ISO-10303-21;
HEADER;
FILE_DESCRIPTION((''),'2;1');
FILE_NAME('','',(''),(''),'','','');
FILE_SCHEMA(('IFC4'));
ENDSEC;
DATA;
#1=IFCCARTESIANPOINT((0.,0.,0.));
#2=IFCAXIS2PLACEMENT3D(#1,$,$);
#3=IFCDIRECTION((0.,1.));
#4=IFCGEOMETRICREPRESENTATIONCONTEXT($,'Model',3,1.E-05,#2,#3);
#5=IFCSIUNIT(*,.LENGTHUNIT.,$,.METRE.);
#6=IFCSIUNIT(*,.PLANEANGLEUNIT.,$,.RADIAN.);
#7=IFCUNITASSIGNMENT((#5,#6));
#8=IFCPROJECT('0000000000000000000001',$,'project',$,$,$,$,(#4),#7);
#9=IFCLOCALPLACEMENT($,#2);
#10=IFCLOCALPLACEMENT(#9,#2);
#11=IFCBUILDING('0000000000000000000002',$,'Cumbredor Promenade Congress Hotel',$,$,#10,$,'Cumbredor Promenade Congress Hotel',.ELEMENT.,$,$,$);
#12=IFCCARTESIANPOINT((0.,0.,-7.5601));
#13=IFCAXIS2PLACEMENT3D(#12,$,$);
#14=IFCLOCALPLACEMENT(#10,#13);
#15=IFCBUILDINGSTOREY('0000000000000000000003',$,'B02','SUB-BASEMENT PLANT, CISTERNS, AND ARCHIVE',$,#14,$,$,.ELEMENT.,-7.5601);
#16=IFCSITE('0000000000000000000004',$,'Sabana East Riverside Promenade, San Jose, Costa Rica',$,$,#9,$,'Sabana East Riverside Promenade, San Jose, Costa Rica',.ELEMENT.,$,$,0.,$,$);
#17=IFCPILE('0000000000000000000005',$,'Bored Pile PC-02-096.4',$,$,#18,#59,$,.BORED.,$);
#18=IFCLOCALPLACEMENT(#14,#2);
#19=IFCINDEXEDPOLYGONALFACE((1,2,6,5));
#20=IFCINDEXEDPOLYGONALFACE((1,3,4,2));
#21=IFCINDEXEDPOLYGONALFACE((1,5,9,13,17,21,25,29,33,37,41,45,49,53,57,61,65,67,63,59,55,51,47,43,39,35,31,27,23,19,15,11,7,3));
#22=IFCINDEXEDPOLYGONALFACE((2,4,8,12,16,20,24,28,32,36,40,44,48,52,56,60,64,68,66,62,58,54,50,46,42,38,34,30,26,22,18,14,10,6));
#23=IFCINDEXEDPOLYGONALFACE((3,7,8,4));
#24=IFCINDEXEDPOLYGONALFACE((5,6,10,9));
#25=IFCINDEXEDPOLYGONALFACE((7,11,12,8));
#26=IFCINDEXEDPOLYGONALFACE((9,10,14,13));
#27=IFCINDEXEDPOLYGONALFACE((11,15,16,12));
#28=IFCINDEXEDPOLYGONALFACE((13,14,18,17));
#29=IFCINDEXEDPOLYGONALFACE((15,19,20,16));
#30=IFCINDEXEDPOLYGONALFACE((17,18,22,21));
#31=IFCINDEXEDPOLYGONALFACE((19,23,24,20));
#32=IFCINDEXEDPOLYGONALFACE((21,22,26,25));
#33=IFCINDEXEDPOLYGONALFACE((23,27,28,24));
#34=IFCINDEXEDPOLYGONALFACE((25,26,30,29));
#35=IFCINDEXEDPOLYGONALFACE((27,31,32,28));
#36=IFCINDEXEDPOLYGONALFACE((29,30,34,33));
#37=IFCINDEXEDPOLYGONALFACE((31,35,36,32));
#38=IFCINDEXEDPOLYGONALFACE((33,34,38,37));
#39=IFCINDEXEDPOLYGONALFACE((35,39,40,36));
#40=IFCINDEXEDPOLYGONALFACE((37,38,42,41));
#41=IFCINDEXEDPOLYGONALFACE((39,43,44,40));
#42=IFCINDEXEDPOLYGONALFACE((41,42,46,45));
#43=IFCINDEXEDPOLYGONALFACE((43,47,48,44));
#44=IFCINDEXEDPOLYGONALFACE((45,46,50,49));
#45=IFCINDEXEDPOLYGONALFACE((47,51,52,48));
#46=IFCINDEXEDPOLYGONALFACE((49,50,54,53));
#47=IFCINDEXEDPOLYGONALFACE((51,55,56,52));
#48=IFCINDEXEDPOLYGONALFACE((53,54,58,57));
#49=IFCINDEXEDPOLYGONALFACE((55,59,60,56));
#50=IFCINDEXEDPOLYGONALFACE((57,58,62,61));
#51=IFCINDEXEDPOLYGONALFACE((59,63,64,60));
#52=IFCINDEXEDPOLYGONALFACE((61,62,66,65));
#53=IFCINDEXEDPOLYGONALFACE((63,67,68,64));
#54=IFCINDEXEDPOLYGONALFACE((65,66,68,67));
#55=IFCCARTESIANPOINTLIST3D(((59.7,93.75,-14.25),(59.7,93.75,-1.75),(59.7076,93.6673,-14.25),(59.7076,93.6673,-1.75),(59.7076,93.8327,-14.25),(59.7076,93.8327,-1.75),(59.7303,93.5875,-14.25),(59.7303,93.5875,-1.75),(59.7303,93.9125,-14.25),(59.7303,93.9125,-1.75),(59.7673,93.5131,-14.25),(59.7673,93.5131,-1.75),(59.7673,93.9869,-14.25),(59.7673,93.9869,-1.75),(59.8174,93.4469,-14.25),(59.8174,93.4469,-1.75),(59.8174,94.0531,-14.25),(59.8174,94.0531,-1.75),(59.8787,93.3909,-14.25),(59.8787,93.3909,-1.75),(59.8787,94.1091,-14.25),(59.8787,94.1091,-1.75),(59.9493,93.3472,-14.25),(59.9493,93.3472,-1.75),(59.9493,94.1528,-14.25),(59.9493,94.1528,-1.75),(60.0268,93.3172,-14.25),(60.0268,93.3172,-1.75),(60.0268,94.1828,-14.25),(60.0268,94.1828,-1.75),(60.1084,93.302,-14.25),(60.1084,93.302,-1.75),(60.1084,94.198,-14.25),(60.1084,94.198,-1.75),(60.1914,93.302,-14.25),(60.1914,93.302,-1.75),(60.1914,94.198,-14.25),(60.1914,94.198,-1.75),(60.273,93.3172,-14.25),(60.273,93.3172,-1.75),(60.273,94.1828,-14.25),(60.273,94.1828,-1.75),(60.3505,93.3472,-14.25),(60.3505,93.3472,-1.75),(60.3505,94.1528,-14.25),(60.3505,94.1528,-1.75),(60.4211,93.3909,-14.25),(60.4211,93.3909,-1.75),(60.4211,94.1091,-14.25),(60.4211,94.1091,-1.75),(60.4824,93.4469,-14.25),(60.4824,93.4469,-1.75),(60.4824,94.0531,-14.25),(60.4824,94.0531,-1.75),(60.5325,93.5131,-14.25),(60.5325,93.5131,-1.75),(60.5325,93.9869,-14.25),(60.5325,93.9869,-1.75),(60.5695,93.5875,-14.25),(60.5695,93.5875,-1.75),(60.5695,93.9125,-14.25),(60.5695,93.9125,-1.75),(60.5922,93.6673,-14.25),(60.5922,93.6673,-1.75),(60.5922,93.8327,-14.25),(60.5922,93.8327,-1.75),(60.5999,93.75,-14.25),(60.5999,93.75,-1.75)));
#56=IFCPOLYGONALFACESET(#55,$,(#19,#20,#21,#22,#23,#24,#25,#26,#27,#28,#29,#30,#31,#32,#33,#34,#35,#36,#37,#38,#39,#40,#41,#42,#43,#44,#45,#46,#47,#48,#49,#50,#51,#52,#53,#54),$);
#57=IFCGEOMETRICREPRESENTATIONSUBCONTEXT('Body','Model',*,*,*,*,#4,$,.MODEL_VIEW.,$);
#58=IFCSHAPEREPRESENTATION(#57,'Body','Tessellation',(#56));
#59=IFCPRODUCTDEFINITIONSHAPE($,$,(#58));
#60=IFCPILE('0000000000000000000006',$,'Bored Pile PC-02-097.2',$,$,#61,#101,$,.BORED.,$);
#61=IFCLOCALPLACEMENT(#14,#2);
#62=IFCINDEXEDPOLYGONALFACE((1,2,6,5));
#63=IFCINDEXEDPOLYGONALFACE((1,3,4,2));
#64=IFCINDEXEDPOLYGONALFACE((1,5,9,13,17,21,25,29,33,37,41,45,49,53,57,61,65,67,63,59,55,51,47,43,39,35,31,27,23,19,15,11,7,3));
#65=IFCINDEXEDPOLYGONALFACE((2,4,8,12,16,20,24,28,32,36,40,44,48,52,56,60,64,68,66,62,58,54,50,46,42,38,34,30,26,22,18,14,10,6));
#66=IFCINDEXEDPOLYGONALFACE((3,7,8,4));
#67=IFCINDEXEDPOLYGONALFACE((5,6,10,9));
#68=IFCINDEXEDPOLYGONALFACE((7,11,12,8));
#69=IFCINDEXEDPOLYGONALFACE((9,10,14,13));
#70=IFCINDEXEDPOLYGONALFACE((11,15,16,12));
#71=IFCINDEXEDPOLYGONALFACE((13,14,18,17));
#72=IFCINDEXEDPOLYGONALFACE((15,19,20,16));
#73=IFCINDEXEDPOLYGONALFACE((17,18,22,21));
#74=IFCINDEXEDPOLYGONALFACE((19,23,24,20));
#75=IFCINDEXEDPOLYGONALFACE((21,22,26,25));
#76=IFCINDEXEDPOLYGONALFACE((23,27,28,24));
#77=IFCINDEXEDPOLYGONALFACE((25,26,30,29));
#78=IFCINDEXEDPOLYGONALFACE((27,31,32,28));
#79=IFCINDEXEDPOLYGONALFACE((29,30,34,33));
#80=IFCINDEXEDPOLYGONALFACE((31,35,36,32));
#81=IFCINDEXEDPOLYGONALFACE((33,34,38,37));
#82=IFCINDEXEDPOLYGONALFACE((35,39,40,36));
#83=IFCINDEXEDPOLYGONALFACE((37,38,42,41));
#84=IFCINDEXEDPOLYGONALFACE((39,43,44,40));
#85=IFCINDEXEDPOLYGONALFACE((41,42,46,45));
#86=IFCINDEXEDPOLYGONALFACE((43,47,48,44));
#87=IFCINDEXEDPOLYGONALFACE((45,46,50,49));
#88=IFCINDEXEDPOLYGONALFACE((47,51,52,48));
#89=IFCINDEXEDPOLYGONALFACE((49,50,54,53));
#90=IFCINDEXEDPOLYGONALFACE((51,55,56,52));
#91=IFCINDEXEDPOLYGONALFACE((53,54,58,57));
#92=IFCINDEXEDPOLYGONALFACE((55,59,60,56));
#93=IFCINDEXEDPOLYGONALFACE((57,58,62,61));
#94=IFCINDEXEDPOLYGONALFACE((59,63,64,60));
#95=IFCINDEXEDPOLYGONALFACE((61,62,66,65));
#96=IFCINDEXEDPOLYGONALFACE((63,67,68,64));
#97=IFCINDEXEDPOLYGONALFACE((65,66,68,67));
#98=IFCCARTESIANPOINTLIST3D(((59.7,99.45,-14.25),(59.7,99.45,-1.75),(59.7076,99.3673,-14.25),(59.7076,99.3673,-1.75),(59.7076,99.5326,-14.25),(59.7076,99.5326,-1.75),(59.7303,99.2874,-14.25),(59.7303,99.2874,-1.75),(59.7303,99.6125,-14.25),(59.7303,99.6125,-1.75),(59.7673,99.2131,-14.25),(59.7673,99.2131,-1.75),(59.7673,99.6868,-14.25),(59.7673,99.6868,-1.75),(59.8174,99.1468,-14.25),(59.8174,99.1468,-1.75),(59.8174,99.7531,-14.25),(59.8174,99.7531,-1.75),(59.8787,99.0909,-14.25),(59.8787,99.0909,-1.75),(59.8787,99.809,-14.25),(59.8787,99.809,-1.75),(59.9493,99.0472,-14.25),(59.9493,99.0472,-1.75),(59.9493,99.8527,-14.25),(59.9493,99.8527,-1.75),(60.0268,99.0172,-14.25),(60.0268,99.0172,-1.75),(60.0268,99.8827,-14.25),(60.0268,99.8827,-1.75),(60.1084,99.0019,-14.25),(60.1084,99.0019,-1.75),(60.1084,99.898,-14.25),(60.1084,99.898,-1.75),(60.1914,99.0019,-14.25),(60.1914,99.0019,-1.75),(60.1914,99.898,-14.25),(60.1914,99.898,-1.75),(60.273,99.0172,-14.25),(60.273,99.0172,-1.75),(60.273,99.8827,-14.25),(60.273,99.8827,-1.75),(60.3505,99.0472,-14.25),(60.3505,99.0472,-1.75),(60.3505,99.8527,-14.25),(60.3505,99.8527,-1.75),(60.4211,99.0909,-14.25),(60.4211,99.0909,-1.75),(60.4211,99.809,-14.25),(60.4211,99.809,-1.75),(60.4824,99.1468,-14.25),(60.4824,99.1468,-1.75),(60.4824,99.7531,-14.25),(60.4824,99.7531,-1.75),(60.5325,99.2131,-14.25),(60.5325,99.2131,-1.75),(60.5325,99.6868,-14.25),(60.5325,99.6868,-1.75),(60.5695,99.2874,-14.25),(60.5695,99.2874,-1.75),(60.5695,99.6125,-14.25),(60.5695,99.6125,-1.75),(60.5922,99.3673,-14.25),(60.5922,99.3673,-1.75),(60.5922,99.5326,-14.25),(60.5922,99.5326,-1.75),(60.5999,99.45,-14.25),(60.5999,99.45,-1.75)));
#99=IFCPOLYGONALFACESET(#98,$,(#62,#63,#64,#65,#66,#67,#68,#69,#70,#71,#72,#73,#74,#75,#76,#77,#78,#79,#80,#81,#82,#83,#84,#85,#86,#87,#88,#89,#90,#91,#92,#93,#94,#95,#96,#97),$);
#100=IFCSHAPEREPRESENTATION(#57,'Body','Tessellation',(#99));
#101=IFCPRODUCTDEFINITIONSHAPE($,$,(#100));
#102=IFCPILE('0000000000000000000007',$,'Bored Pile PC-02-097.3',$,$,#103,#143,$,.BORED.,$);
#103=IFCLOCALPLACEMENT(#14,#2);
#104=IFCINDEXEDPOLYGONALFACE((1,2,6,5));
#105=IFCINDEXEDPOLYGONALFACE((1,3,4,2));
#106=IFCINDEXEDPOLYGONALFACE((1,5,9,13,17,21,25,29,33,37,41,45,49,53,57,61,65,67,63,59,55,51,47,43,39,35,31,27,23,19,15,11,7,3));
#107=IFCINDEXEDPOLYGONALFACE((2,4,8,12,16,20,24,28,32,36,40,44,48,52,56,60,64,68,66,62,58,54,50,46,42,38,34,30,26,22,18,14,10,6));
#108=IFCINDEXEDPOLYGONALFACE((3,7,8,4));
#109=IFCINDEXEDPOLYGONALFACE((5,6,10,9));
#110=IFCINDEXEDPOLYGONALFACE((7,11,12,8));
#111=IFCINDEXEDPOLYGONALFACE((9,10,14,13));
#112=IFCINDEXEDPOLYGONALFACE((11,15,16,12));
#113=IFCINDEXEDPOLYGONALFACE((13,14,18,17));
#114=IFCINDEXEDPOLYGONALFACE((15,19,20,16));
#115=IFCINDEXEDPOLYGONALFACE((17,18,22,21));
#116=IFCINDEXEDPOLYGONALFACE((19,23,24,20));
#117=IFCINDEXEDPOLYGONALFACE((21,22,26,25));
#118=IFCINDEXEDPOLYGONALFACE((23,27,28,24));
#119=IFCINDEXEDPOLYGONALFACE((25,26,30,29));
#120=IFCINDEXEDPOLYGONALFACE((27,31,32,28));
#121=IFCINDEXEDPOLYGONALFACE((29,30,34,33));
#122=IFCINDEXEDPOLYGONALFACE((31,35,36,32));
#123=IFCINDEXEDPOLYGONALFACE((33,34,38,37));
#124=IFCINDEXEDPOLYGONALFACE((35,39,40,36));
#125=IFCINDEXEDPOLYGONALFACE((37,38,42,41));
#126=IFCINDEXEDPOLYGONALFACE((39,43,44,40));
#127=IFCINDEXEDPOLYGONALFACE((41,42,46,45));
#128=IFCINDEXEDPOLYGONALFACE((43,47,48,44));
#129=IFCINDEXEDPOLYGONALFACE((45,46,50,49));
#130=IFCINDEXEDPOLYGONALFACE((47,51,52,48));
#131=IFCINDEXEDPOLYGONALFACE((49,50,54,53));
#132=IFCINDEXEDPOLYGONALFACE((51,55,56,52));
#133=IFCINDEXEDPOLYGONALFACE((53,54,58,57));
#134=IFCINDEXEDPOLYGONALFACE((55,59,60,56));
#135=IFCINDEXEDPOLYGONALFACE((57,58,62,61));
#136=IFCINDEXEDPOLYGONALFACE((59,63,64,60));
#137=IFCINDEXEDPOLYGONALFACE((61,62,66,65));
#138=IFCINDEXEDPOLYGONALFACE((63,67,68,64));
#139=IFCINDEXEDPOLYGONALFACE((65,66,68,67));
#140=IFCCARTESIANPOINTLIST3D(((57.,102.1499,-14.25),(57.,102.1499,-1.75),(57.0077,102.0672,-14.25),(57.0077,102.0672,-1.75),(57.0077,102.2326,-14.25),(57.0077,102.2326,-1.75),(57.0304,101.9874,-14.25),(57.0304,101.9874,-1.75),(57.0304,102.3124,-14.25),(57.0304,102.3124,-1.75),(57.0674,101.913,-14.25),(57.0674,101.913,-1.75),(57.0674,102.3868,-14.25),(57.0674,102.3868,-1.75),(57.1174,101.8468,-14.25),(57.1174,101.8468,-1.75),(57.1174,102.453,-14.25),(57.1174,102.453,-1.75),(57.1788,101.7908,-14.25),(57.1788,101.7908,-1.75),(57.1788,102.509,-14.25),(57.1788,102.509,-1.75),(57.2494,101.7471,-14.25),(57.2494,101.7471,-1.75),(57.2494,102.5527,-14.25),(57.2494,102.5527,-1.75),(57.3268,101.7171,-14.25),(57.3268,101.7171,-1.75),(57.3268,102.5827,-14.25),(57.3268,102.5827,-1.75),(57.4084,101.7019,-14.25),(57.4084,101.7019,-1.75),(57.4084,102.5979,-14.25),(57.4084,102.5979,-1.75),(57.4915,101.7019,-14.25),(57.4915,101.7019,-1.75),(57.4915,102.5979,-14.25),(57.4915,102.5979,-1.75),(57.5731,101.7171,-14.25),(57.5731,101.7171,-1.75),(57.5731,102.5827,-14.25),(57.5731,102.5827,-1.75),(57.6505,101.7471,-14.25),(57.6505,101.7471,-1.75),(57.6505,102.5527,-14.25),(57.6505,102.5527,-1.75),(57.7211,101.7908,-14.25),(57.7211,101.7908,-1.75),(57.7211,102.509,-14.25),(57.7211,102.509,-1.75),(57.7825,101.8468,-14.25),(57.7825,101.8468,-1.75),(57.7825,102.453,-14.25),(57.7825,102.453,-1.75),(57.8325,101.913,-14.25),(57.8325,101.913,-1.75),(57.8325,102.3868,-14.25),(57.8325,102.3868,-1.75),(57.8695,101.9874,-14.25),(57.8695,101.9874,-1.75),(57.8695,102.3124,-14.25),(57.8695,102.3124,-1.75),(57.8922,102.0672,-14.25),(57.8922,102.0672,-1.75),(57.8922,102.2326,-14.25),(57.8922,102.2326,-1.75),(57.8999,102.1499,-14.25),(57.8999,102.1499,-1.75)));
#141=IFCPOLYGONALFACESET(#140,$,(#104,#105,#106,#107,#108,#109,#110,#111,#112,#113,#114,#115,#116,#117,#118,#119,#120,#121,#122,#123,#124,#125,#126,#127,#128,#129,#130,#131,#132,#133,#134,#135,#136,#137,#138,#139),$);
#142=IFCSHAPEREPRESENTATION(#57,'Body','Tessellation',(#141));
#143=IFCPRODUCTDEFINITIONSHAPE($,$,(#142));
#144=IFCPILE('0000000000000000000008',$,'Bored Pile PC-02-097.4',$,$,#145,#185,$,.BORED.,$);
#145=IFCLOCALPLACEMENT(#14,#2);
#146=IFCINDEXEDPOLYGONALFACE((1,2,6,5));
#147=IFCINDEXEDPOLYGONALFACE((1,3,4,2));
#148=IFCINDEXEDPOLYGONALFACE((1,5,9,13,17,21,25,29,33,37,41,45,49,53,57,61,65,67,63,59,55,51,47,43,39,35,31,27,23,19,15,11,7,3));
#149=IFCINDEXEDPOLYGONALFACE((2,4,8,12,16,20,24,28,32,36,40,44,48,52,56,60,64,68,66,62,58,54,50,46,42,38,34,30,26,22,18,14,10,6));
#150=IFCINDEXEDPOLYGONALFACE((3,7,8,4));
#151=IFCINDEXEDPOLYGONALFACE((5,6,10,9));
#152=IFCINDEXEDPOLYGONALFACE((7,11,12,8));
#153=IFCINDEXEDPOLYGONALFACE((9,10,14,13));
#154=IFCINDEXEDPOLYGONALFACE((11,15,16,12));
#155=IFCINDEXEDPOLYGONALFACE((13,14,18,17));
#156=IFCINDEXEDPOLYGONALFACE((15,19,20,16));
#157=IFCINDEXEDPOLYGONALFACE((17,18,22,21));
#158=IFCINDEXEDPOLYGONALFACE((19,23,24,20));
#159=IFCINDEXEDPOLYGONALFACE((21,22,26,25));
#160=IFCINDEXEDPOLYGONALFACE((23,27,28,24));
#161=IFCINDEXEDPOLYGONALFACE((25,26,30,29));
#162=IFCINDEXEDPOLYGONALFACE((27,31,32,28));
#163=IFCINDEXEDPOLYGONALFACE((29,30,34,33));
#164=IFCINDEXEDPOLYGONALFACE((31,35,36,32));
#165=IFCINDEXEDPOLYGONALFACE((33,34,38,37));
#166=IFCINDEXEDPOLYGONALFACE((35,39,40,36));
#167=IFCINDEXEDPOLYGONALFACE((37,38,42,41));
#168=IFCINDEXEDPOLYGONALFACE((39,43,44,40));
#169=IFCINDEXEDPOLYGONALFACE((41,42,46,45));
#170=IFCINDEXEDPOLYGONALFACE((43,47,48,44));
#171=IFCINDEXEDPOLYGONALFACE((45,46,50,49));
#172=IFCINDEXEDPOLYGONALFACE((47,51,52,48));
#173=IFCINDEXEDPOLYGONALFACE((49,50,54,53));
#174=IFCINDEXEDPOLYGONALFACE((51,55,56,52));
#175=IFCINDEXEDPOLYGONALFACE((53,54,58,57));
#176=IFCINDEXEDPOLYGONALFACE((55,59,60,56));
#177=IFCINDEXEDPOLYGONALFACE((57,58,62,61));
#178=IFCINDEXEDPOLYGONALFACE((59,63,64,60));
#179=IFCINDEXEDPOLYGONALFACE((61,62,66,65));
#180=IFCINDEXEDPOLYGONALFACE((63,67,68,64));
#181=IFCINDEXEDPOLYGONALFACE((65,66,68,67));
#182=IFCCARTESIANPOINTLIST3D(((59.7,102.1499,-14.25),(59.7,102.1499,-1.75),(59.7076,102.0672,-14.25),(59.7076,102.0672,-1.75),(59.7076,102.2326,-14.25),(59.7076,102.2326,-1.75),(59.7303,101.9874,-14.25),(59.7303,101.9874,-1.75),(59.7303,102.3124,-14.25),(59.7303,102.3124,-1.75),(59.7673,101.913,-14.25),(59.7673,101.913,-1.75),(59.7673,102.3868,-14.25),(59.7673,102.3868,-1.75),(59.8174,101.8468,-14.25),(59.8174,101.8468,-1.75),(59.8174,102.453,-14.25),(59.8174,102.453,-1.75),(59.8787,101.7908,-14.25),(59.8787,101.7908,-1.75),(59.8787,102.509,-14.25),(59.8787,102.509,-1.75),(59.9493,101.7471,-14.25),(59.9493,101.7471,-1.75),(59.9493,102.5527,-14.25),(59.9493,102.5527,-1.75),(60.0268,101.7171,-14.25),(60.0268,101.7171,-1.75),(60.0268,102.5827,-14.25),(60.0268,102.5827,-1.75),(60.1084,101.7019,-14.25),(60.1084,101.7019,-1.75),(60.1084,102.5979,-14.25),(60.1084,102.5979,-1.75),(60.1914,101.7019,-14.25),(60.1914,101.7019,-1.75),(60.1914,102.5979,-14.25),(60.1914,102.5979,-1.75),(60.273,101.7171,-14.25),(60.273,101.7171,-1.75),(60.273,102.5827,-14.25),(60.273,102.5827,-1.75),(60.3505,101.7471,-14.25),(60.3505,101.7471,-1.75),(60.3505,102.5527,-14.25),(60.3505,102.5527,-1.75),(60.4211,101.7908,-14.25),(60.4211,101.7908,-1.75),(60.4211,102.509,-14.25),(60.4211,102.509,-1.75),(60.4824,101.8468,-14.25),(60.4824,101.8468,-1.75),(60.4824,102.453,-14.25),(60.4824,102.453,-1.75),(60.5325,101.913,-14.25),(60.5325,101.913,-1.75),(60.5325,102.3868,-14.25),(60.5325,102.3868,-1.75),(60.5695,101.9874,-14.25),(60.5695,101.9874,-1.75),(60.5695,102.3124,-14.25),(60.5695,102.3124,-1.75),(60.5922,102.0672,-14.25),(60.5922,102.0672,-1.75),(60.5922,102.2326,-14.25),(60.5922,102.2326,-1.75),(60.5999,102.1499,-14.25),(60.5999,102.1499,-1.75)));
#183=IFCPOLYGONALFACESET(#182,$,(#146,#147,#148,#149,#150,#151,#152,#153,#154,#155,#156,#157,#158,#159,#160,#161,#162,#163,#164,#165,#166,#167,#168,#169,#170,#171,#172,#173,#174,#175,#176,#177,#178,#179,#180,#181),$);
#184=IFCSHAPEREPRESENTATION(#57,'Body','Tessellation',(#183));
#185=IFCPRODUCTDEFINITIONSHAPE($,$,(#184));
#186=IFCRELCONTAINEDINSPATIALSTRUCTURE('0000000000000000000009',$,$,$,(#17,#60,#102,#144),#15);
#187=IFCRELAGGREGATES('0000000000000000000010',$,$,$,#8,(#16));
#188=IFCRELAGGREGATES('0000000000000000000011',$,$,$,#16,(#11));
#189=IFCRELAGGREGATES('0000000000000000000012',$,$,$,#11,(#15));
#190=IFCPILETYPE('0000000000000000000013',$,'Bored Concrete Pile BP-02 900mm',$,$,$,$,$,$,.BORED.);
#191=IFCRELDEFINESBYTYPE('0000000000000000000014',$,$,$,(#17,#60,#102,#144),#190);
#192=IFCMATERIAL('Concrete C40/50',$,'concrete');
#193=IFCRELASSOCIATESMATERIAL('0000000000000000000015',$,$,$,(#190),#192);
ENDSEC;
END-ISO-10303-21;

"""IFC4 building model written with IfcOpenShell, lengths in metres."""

from ifc_helpers import new_model, si_unit, direction, frame, origin, origin_2d, place, context, subcontext, project, spatial, circle, extrude, material, material_profile, profile_set, type_object, element, save


model = new_model("IFC4")

# Units and contexts
model_context = context("Model", 3, precision=1e-05, world=origin(), true_north=direction((0.0, 1.0)))
body_context = subcontext(model_context, "Body", "Model", "MODEL_VIEW")
ifc_project = project(units=[si_unit("LENGTHUNIT", "METRE"), si_unit("PLANEANGLEUNIT", "RADIAN")], contexts=[model_context])

# Site, building, storey
site_placement = place(None, origin())
site = spatial("IfcSite", under=ifc_project, at=site_placement, Name="Sabana East Riverside Promenade, San Jose, Costa Rica", LongName="Sabana East Riverside Promenade, San Jose, Costa Rica", CompositionType="ELEMENT", RefElevation=0.0)
building_placement = place(site_placement, origin())
building = spatial("IfcBuilding", under=site, at=building_placement, Name="Cumbredor Promenade Congress Hotel", LongName="Cumbredor Promenade Congress Hotel", CompositionType="ELEMENT")
storey_placement = place(building_placement, frame((0.0, 0.0, -7.5601)))
storey = spatial("IfcBuildingStorey", under=building, at=storey_placement, Name="B02", Description="SUB-BASEMENT PLANT, CISTERNS, AND ARCHIVE", CompositionType="ELEMENT", Elevation=-7.5601)

# Piles
ifc_material_1 = material(Name="Concrete C40/50", Category="concrete")
ifc_material_profile_1 = material_profile(ifc_material_1, circle(Radius=0.45, at=origin_2d()), Name="PILE D900")
ifc_profile_set_1 = profile_set([ifc_material_profile_1], Name="Concrete C40/50")
pile_type = type_object("IfcPileType", Name="Bored Concrete Pile BP-02 900mm", PredefinedType="BORED", material=ifc_profile_set_1)
for number, where, z_axis, x_axis, name in (
    (1, (60.1499, 93.75, -1.75), (0.0, 0.0, -1.0), (1.0, 0.0, 0.0), "Bored Pile PC-02-096.4"),
    (2, (60.1499, 99.45, -1.75), (0.0, 0.0, -1.0), (1.0, 0.0, 0.0), "Bored Pile PC-02-097.2"),
    (3, (57.45, 102.1499, -1.75), (0.0, 0.0, -1.0), (1.0, 0.0, 0.0), "Bored Pile PC-02-097.3"),
    (4, (60.1499, 102.1499, -1.75), (0.0, 0.0, -1.0), (1.0, 0.0, 0.0), "Bored Pile PC-02-097.4"),
):
    element("IfcPile", number, at=place(storey_placement, frame(where, z_axis=z_axis, x_axis=x_axis)), inside=storey, type_object=pile_type, Name=name, PredefinedType="BORED", context=body_context, shape_type="SweptSolid", body=[
        extrude(circle(Radius=0.45, at=origin_2d()), origin(), (0.0, 0.0, 1.0), 12.5),
    ])

save(model, "model.ifc")
